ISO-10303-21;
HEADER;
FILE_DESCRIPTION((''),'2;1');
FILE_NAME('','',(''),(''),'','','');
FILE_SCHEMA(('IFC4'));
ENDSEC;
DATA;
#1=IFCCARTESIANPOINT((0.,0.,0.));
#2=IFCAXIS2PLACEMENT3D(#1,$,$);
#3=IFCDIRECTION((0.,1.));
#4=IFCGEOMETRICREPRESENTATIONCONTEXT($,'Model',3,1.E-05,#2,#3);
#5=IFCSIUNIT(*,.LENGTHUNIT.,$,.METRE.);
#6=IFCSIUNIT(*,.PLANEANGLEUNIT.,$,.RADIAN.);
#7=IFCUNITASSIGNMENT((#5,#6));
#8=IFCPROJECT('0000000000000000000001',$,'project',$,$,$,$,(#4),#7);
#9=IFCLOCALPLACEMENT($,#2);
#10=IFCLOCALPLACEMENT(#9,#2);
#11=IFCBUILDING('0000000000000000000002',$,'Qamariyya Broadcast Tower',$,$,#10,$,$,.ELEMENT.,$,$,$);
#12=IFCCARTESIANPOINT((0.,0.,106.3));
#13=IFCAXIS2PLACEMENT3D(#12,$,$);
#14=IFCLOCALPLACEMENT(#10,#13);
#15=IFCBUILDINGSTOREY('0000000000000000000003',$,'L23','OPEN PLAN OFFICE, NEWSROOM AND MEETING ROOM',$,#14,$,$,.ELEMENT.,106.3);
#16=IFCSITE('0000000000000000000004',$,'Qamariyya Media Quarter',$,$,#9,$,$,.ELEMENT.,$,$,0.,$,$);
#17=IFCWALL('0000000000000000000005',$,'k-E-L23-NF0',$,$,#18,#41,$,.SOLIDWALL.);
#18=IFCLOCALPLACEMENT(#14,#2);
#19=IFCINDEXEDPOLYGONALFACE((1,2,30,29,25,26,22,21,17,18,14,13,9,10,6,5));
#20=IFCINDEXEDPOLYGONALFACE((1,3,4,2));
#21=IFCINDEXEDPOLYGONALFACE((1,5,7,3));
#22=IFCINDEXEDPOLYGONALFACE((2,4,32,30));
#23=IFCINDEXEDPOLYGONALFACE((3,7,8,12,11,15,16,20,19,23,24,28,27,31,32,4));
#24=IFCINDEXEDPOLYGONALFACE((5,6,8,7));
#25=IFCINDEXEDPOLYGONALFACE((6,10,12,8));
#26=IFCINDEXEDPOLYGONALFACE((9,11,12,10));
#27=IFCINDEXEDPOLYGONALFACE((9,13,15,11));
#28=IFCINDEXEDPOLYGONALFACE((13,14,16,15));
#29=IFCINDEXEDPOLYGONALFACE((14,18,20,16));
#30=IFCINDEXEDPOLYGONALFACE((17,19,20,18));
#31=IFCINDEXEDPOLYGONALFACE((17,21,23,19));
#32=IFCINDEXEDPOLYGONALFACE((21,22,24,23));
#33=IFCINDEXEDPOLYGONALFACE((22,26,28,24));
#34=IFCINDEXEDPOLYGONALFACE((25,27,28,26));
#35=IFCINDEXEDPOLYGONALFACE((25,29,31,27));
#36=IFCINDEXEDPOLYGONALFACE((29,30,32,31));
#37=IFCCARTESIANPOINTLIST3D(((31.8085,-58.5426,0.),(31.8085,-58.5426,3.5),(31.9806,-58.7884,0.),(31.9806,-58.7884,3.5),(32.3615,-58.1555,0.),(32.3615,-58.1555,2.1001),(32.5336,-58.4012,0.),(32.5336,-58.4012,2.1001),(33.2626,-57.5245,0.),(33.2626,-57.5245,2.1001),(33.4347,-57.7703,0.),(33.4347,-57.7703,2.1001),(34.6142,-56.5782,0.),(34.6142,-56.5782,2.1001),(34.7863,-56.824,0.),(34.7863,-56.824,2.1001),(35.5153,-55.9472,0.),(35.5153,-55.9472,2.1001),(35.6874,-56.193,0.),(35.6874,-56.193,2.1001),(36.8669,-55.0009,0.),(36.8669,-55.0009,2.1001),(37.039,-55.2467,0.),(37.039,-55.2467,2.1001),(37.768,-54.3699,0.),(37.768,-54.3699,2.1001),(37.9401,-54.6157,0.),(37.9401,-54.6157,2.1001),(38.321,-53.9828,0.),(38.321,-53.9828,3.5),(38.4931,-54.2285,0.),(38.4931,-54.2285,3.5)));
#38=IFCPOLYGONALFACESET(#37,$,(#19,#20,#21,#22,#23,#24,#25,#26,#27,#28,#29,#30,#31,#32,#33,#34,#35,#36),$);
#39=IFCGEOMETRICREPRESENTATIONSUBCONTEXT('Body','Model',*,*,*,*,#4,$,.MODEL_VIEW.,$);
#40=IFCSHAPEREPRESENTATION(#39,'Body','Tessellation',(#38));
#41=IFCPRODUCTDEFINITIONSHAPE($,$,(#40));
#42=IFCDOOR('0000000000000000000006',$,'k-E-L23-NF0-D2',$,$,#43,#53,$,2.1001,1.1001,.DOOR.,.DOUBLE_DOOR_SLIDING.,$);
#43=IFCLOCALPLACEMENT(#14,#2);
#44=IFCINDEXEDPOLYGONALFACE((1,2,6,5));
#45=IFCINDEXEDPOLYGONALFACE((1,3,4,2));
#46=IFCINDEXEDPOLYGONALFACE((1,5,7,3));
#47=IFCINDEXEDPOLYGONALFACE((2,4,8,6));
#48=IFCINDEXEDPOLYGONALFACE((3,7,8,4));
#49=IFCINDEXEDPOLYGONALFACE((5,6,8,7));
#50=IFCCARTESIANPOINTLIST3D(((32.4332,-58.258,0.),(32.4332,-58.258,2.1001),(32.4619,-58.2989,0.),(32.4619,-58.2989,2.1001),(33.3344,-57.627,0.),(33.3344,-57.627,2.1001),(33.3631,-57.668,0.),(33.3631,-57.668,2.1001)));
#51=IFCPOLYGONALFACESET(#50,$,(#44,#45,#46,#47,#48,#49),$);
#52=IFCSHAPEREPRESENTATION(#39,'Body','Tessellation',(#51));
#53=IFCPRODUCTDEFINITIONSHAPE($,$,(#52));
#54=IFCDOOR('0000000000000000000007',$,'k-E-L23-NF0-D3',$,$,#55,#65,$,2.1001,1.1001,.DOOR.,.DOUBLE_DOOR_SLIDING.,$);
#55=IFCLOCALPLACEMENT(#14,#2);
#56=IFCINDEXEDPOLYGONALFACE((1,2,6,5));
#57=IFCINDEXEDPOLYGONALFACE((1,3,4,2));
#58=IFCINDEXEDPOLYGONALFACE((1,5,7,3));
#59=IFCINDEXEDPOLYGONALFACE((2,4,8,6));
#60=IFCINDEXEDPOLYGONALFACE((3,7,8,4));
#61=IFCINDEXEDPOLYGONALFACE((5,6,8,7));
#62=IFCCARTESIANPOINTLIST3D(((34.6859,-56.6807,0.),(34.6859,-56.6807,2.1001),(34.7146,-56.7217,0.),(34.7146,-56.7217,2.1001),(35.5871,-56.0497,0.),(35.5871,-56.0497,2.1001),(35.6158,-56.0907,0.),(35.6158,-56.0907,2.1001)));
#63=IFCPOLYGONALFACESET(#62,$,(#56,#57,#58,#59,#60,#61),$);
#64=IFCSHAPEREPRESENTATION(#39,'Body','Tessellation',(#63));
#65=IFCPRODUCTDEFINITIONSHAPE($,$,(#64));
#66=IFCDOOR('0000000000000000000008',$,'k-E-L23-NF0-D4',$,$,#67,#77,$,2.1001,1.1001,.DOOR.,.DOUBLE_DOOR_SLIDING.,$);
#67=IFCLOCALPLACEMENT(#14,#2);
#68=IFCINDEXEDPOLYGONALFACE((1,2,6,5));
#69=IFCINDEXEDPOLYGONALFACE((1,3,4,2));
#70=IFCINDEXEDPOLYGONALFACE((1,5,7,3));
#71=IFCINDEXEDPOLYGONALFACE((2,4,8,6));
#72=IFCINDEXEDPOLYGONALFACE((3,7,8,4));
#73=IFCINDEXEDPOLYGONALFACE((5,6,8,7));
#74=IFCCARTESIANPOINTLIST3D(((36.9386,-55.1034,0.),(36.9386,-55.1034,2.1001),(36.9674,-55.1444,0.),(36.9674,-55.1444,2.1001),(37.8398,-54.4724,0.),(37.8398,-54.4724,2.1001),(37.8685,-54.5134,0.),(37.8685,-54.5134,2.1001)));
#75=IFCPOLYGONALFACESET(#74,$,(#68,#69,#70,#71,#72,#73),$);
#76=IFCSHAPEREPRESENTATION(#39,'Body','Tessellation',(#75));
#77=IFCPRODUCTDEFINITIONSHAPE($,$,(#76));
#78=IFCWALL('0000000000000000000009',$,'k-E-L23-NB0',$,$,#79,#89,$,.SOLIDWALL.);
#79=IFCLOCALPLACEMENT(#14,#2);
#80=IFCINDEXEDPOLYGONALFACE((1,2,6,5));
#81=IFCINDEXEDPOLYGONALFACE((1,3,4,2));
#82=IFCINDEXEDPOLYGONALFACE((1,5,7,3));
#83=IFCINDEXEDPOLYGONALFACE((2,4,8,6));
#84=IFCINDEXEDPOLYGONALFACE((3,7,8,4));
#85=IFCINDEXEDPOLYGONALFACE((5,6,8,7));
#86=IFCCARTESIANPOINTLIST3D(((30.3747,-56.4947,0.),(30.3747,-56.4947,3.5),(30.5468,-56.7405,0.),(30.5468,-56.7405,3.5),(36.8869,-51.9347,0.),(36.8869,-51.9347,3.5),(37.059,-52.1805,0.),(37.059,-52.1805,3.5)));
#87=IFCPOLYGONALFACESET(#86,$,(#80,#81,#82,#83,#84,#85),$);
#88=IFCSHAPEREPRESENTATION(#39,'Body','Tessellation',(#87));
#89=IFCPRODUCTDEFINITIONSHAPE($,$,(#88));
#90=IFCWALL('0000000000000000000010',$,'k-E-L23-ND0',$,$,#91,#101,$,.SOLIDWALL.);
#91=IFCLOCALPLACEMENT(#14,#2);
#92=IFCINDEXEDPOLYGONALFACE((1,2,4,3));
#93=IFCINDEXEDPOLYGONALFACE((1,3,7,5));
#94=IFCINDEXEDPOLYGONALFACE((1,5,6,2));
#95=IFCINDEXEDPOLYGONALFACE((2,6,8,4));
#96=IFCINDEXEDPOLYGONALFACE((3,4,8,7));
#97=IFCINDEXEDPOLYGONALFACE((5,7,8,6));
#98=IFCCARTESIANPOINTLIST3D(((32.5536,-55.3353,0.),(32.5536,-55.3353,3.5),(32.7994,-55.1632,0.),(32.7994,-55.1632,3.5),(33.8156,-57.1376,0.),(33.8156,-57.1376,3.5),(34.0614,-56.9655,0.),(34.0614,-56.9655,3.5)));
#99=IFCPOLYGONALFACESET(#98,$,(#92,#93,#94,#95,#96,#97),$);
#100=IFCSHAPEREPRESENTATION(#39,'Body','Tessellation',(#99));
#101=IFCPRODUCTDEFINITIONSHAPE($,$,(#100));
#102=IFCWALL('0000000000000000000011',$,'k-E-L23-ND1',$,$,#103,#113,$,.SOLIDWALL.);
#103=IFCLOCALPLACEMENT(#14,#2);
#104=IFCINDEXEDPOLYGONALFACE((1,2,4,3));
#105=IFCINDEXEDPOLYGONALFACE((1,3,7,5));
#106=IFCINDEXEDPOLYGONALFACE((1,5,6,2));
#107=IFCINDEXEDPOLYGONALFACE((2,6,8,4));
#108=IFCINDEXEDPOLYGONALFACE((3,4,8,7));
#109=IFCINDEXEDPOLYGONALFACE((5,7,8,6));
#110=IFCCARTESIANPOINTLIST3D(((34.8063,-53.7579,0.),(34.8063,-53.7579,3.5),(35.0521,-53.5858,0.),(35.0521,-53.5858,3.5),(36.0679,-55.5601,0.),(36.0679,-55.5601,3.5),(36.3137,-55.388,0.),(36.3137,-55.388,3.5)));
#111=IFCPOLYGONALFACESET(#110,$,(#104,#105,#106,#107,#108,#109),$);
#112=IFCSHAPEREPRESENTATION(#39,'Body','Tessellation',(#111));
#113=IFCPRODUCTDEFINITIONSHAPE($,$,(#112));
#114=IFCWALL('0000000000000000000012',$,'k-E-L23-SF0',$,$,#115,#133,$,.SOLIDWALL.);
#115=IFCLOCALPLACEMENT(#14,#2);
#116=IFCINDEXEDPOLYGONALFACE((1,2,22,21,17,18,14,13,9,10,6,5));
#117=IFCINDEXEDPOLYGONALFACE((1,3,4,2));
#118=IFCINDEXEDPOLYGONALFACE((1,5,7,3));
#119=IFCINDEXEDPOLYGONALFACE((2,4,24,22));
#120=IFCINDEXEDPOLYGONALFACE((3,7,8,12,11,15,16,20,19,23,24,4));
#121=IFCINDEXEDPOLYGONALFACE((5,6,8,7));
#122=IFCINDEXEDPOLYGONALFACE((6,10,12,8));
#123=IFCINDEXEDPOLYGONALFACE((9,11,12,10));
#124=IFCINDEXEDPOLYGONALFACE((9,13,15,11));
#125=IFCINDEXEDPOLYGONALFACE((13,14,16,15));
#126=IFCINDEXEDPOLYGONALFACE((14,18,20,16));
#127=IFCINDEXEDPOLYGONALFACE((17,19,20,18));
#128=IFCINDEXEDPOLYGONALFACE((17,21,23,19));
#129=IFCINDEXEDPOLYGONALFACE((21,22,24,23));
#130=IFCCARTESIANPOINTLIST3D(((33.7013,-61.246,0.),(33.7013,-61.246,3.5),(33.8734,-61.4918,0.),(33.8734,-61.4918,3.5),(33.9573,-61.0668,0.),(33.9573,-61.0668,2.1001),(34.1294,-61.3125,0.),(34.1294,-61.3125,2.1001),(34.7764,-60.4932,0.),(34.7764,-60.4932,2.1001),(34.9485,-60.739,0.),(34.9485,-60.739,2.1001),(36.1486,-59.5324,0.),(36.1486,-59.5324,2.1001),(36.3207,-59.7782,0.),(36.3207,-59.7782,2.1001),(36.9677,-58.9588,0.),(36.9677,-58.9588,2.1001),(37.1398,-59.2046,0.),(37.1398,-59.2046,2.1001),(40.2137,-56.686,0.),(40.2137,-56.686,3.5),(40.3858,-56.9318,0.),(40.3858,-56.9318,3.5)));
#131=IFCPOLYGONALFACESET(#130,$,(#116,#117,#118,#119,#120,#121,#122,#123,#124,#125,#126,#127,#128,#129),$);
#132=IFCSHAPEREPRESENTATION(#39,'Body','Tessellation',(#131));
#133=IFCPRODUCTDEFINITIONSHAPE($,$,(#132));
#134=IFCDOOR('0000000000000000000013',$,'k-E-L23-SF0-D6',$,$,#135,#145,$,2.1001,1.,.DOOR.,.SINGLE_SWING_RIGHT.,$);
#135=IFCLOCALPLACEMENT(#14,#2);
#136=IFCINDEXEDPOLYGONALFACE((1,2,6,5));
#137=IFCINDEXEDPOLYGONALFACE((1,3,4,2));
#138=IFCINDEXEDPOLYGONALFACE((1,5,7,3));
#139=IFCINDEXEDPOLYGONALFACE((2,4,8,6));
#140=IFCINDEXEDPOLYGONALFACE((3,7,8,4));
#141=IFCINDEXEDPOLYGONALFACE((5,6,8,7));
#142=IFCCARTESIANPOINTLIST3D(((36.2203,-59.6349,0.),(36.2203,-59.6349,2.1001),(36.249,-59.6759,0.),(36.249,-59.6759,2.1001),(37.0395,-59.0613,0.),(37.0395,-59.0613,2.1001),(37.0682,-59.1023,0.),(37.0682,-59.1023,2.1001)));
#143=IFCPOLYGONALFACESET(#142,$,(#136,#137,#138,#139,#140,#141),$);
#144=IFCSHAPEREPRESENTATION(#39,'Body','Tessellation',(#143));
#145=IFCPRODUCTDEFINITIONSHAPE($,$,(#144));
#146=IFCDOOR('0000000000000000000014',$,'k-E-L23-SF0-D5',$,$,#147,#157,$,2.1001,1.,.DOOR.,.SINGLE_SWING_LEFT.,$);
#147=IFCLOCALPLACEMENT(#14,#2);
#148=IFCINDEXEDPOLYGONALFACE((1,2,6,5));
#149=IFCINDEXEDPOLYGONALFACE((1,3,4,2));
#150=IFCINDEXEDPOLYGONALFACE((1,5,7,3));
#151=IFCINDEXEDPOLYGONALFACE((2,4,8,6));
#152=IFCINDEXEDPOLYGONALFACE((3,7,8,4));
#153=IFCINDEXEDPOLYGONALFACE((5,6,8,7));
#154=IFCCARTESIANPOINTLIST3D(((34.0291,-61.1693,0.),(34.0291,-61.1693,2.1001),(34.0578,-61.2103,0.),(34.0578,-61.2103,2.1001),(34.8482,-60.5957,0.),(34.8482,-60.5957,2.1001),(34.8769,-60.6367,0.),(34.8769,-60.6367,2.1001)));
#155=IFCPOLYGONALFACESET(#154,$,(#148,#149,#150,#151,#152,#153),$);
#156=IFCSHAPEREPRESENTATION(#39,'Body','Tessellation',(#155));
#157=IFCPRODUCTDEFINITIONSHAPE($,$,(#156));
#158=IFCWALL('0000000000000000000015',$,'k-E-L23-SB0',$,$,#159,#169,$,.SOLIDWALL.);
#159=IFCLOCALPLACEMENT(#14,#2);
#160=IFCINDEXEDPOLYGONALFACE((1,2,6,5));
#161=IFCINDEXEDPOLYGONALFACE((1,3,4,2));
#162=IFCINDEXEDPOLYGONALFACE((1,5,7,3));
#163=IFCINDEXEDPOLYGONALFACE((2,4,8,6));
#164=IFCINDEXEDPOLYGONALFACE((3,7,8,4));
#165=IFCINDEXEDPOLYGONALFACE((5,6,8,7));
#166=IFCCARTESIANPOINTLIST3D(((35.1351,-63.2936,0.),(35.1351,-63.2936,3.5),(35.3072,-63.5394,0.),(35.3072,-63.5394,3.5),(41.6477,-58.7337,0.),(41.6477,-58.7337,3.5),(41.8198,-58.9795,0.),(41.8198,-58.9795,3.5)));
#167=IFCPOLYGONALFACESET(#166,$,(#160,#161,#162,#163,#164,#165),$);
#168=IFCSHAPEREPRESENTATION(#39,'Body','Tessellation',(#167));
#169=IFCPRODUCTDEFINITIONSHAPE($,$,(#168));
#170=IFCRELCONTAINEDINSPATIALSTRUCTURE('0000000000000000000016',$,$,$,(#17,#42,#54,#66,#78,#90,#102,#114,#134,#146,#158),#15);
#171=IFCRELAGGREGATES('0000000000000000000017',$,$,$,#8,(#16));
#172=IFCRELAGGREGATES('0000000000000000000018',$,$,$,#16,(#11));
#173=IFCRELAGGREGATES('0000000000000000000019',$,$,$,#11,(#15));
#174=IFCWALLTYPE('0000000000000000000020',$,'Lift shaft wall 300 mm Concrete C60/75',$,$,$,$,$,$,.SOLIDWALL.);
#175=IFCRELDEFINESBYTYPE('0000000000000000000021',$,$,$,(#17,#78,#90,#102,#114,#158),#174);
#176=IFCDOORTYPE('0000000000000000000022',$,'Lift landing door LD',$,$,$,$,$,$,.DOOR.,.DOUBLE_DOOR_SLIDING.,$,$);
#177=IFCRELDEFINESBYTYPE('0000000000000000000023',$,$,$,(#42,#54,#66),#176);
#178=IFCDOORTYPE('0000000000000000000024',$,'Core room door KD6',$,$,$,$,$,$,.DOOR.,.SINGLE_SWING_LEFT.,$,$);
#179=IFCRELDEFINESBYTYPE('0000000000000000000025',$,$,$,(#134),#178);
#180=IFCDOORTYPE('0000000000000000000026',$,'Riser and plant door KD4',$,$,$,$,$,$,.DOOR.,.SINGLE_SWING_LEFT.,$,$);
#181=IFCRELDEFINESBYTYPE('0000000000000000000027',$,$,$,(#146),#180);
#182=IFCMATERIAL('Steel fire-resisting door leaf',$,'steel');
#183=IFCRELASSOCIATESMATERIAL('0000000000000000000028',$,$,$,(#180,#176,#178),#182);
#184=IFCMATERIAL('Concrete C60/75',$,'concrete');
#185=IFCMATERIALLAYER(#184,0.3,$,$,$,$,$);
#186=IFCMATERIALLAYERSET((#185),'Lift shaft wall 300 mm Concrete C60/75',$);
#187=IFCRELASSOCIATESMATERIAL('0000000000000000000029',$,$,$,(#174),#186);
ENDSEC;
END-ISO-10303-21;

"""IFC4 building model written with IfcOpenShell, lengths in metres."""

from ifc_helpers import new_model, si_unit, direction, frame, frame_2d, origin, place, context, subcontext, project, spatial, rectangle, extrude, material, layer, layer_set, type_object, element, fill, save


model = new_model("IFC4")

# Units and contexts
model_context = context("Model", 3, precision=1e-05, world=origin(), true_north=direction((0.0, 1.0)))
body_context = subcontext(model_context, "Body", "Model", "MODEL_VIEW")
ifc_project = project(units=[si_unit("LENGTHUNIT", "METRE"), si_unit("PLANEANGLEUNIT", "RADIAN")], contexts=[model_context])

# Site, building, storey
site_placement = place(None, origin())
site = spatial("IfcSite", under=ifc_project, at=site_placement, Name="Qamariyya Media Quarter", CompositionType="ELEMENT", RefElevation=0.0)
building_placement = place(site_placement, origin())
building = spatial("IfcBuilding", under=site, at=building_placement, Name="Qamariyya Broadcast Tower", CompositionType="ELEMENT")
storey_placement = place(building_placement, frame((0.0, 0.0, 106.3)))
storey = spatial("IfcBuildingStorey", under=building, at=storey_placement, Name="L23", Description="OPEN PLAN OFFICE, NEWSROOM AND MEETING ROOM", CompositionType="ELEMENT", Elevation=106.3)

# Shared definitions
ifc_material_1 = material(Name="Steel fire-resisting door leaf", Category="steel")

# Shared definitions
door_type_1 = type_object("IfcDoorType", Name="Riser and plant door KD4", OperationType="SINGLE_SWING_LEFT", PredefinedType="DOOR", material=ifc_material_1)

# Wall, openings, doors
ifc_material_2 = material(Name="Concrete C60/75", Category="concrete")
ifc_layer_1 = layer(ifc_material_2, 0.3)
ifc_layer_set_1 = layer_set([ifc_layer_1], Name="Lift shaft wall 300 mm Concrete C60/75")
wall_type_1 = type_object("IfcWallType", Name="Lift shaft wall 300 mm Concrete C60/75", PredefinedType="SOLIDWALL", material=ifc_layer_set_1)
wall_1_placement = place(storey_placement, frame((31.8945, -58.6655, 0.0), z_axis=(0.0, 0.0, 1.0), x_axis=(0.819167, 0.573555, 0.0)))
wall_1 = element("IfcWall", 1, at=wall_1_placement, inside=storey, type_object=wall_type_1, Name="k-E-L23-NF0", PredefinedType="SOLIDWALL", context=body_context, shape_type="SweptSolid", body=[
    extrude(rectangle(XDim=7.9502, YDim=0.3, at=frame_2d((3.9751, 0.0))), origin(), (0.0, 0.0, 1.0), 3.5),
])
opening_1_placement = place(wall_1_placement, frame((0.675, 0.0, 0.0)))
opening_1 = element("IfcOpeningElement", 2, at=opening_1_placement, cuts=wall_1, PredefinedType="OPENING", context=body_context, shape_type="SweptSolid", body=[
    extrude(rectangle(XDim=1.1001, YDim=2.1001, at=frame_2d((0.55, 1.05))), frame((0.0, 0.1599, 0.0), z_axis=(0.0, -1.0, 0.0), x_axis=(1.0, 0.0, 0.0)), (0.0, 0.0, 1.0), 0.3201),
])
opening_2_placement = place(wall_1_placement, frame((3.425, 0.0, 0.0)))
opening_2 = element("IfcOpeningElement", 3, at=opening_2_placement, cuts=wall_1, PredefinedType="OPENING", context=body_context, shape_type="SweptSolid", body=[
    extrude(rectangle(XDim=1.1001, YDim=2.1001, at=frame_2d((0.55, 1.05))), frame((0.0, 0.1599, 0.0), z_axis=(0.0, -1.0, 0.0), x_axis=(1.0, 0.0, 0.0)), (0.0, 0.0, 1.0), 0.3201),
])
opening_3_placement = place(wall_1_placement, frame((6.175, 0.0, 0.0)))
opening_3 = element("IfcOpeningElement", 4, at=opening_3_placement, cuts=wall_1, PredefinedType="OPENING", context=body_context, shape_type="SweptSolid", body=[
    extrude(rectangle(XDim=1.1001, YDim=2.1001, at=frame_2d((0.55, 1.05))), frame((0.0, 0.1599, 0.0), z_axis=(0.0, -1.0, 0.0), x_axis=(1.0, 0.0, 0.0)), (0.0, 0.0, 1.0), 0.3201),
])
door_type_2 = type_object("IfcDoorType", Name="Lift landing door LD", OperationType="DOUBLE_DOOR_SLIDING", PredefinedType="DOOR", material=ifc_material_1)
door_1_placement = place(opening_1_placement, origin())
door_1 = element("IfcDoor", 5, at=door_1_placement, inside=storey, type_object=door_type_2, Name="k-E-L23-NF0-D2", OperationType="DOUBLE_DOOR_SLIDING", OverallHeight=2.1001, OverallWidth=1.1001, PredefinedType="DOOR", context=body_context, shape_type="SweptSolid", body=[
    extrude(rectangle(XDim=1.1001, YDim=2.1001, at=frame_2d((0.55, 1.05))), frame((0.0, 0.0249, 0.0), z_axis=(0.0, -1.0, 0.0), x_axis=(1.0, 0.0, 0.0)), (0.0, 0.0, 1.0), 0.05),
])
fill(opening_1, door_1)
door_2_placement = place(opening_2_placement, origin())
door_2 = element("IfcDoor", 6, at=door_2_placement, inside=storey, type_object=door_type_2, Name="k-E-L23-NF0-D3", OperationType="DOUBLE_DOOR_SLIDING", OverallHeight=2.1001, OverallWidth=1.1001, PredefinedType="DOOR", context=body_context, shape_type="SweptSolid", body=[
    extrude(rectangle(XDim=1.1001, YDim=2.1001, at=frame_2d((0.55, 1.05))), frame((0.0, 0.0249, 0.0), z_axis=(0.0, -1.0, 0.0), x_axis=(1.0, 0.0, 0.0)), (0.0, 0.0, 1.0), 0.05),
])
fill(opening_2, door_2)
door_3_placement = place(opening_3_placement, origin())
door_3 = element("IfcDoor", 7, at=door_3_placement, inside=storey, type_object=door_type_2, Name="k-E-L23-NF0-D4", OperationType="DOUBLE_DOOR_SLIDING", OverallHeight=2.1001, OverallWidth=1.1001, PredefinedType="DOOR", context=body_context, shape_type="SweptSolid", body=[
    extrude(rectangle(XDim=1.1001, YDim=2.1001, at=frame_2d((0.55, 1.05))), frame((0.0, 0.0249, 0.0), z_axis=(0.0, -1.0, 0.0), x_axis=(1.0, 0.0, 0.0)), (0.0, 0.0, 1.0), 0.05),
])
fill(opening_3, door_3)

# Walls
wall_2_placement = place(storey_placement, frame((30.4607, -56.6177, 0.0), z_axis=(0.0, 0.0, 1.0), x_axis=(0.819142, 0.57359, 0.0)))
element("IfcWall", 8, at=wall_2_placement, inside=storey, type_object=wall_type_1, Name="k-E-L23-NB0", PredefinedType="SOLIDWALL", context=body_context, shape_type="SweptSolid", body=[
    extrude(rectangle(XDim=7.95, YDim=0.3, at=frame_2d((3.9751, 0.0))), origin(), (0.0, 0.0, 1.0), 3.5),
])
wall_3_placement = place(storey_placement, frame((33.9385, -57.0515, 0.0), z_axis=(0.0, 0.0, 1.0), x_axis=(-0.573581, 0.819149, 0.0)))
element("IfcWall", 9, at=wall_3_placement, inside=storey, type_object=wall_type_1, Name="k-E-L23-ND0", PredefinedType="SOLIDWALL", context=body_context, shape_type="SweptSolid", body=[
    extrude(rectangle(XDim=2.2002, YDim=0.3, at=frame_2d((1.1001, 0.0))), origin(), (0.0, 0.0, 1.0), 3.5),
])
wall_4_placement = place(storey_placement, frame((36.1909, -55.4741, 0.0), z_axis=(0.0, 0.0, 1.0), x_axis=(-0.573507, 0.819201, 0.0)))
element("IfcWall", 10, at=wall_4_placement, inside=storey, type_object=wall_type_1, Name="k-E-L23-ND1", PredefinedType="SOLIDWALL", context=body_context, shape_type="SweptSolid", body=[
    extrude(rectangle(XDim=2.2, YDim=0.3, at=frame_2d((1.1001, 0.0))), origin(), (0.0, 0.0, 1.0), 3.5),
])

# Wall, openings, doors
wall_5_placement = place(storey_placement, frame((33.7874, -61.3689, 0.0), z_axis=(0.0, 0.0, 1.0), x_axis=(0.819153, 0.573576, 0.0)))
wall_5 = element("IfcWall", 11, at=wall_5_placement, inside=storey, type_object=wall_type_1, Name="k-E-L23-SF0", PredefinedType="SOLIDWALL", context=body_context, shape_type="SweptSolid", body=[
    extrude(rectangle(XDim=7.9502, YDim=0.3, at=frame_2d((3.9751, 0.0))), origin(), (0.0, 0.0, 1.0), 3.5),
])
opening_4_placement = place(wall_5_placement, frame((0.3125, 0.0, 0.0)))
opening_4 = element("IfcOpeningElement", 12, at=opening_4_placement, cuts=wall_5, PredefinedType="OPENING", context=body_context, shape_type="SweptSolid", body=[
    extrude(rectangle(XDim=1.0, YDim=2.1001, at=frame_2d((0.5, 1.05))), frame((0.0, 0.1599, 0.0), z_axis=(0.0, -1.0, 0.0), x_axis=(1.0, 0.0, 0.0)), (0.0, 0.0, 1.0), 0.3201),
])
opening_5_placement = place(wall_5_placement, frame((2.9875, 0.0, 0.0)))
opening_5 = element("IfcOpeningElement", 13, at=opening_5_placement, cuts=wall_5, PredefinedType="OPENING", context=body_context, shape_type="SweptSolid", body=[
    extrude(rectangle(XDim=1.0, YDim=2.1001, at=frame_2d((0.5, 1.05))), frame((0.0, 0.1599, 0.0), z_axis=(0.0, -1.0, 0.0), x_axis=(1.0, 0.0, 0.0)), (0.0, 0.0, 1.0), 0.3201),
])
door_type_3 = type_object("IfcDoorType", Name="Core room door KD6", OperationType="SINGLE_SWING_LEFT", PredefinedType="DOOR", material=ifc_material_1)
door_4_placement = place(opening_5_placement, origin())
door_4 = element("IfcDoor", 14, at=door_4_placement, inside=storey, type_object=door_type_3, Name="k-E-L23-SF0-D6", OperationType="SINGLE_SWING_RIGHT", OverallHeight=2.1001, OverallWidth=1.0, PredefinedType="DOOR", context=body_context, shape_type="SweptSolid", body=[
    extrude(rectangle(XDim=1.0, YDim=2.1001, at=frame_2d((0.5, 1.05))), frame((0.0, 0.0249, 0.0), z_axis=(0.0, -1.0, 0.0), x_axis=(1.0, 0.0, 0.0)), (0.0, 0.0, 1.0), 0.05),
])
fill(opening_5, door_4)
door_5_placement = place(opening_4_placement, origin())
door_5 = element("IfcDoor", 15, at=door_5_placement, inside=storey, type_object=door_type_1, Name="k-E-L23-SF0-D5", OperationType="SINGLE_SWING_LEFT", OverallHeight=2.1001, OverallWidth=1.0, PredefinedType="DOOR", context=body_context, shape_type="SweptSolid", body=[
    extrude(rectangle(XDim=1.0, YDim=2.1001, at=frame_2d((0.5, 1.05))), frame((0.0, 0.0249, 0.0), z_axis=(0.0, -1.0, 0.0), x_axis=(1.0, 0.0, 0.0)), (0.0, 0.0, 1.0), 0.05),
])
fill(opening_4, door_5)

# Wall
wall_6_placement = place(storey_placement, frame((35.2212, -63.4165, 0.0), z_axis=(0.0, 0.0, 1.0), x_axis=(0.819167, 0.573555, 0.0)))
element("IfcWall", 16, at=wall_6_placement, inside=storey, type_object=wall_type_1, Name="k-E-L23-SB0", PredefinedType="SOLIDWALL", context=body_context, shape_type="SweptSolid", body=[
    extrude(rectangle(XDim=7.9502, YDim=0.3, at=frame_2d((3.9751, 0.0))), origin(), (0.0, 0.0, 1.0), 3.5),
])

save(model, "model.ifc")
